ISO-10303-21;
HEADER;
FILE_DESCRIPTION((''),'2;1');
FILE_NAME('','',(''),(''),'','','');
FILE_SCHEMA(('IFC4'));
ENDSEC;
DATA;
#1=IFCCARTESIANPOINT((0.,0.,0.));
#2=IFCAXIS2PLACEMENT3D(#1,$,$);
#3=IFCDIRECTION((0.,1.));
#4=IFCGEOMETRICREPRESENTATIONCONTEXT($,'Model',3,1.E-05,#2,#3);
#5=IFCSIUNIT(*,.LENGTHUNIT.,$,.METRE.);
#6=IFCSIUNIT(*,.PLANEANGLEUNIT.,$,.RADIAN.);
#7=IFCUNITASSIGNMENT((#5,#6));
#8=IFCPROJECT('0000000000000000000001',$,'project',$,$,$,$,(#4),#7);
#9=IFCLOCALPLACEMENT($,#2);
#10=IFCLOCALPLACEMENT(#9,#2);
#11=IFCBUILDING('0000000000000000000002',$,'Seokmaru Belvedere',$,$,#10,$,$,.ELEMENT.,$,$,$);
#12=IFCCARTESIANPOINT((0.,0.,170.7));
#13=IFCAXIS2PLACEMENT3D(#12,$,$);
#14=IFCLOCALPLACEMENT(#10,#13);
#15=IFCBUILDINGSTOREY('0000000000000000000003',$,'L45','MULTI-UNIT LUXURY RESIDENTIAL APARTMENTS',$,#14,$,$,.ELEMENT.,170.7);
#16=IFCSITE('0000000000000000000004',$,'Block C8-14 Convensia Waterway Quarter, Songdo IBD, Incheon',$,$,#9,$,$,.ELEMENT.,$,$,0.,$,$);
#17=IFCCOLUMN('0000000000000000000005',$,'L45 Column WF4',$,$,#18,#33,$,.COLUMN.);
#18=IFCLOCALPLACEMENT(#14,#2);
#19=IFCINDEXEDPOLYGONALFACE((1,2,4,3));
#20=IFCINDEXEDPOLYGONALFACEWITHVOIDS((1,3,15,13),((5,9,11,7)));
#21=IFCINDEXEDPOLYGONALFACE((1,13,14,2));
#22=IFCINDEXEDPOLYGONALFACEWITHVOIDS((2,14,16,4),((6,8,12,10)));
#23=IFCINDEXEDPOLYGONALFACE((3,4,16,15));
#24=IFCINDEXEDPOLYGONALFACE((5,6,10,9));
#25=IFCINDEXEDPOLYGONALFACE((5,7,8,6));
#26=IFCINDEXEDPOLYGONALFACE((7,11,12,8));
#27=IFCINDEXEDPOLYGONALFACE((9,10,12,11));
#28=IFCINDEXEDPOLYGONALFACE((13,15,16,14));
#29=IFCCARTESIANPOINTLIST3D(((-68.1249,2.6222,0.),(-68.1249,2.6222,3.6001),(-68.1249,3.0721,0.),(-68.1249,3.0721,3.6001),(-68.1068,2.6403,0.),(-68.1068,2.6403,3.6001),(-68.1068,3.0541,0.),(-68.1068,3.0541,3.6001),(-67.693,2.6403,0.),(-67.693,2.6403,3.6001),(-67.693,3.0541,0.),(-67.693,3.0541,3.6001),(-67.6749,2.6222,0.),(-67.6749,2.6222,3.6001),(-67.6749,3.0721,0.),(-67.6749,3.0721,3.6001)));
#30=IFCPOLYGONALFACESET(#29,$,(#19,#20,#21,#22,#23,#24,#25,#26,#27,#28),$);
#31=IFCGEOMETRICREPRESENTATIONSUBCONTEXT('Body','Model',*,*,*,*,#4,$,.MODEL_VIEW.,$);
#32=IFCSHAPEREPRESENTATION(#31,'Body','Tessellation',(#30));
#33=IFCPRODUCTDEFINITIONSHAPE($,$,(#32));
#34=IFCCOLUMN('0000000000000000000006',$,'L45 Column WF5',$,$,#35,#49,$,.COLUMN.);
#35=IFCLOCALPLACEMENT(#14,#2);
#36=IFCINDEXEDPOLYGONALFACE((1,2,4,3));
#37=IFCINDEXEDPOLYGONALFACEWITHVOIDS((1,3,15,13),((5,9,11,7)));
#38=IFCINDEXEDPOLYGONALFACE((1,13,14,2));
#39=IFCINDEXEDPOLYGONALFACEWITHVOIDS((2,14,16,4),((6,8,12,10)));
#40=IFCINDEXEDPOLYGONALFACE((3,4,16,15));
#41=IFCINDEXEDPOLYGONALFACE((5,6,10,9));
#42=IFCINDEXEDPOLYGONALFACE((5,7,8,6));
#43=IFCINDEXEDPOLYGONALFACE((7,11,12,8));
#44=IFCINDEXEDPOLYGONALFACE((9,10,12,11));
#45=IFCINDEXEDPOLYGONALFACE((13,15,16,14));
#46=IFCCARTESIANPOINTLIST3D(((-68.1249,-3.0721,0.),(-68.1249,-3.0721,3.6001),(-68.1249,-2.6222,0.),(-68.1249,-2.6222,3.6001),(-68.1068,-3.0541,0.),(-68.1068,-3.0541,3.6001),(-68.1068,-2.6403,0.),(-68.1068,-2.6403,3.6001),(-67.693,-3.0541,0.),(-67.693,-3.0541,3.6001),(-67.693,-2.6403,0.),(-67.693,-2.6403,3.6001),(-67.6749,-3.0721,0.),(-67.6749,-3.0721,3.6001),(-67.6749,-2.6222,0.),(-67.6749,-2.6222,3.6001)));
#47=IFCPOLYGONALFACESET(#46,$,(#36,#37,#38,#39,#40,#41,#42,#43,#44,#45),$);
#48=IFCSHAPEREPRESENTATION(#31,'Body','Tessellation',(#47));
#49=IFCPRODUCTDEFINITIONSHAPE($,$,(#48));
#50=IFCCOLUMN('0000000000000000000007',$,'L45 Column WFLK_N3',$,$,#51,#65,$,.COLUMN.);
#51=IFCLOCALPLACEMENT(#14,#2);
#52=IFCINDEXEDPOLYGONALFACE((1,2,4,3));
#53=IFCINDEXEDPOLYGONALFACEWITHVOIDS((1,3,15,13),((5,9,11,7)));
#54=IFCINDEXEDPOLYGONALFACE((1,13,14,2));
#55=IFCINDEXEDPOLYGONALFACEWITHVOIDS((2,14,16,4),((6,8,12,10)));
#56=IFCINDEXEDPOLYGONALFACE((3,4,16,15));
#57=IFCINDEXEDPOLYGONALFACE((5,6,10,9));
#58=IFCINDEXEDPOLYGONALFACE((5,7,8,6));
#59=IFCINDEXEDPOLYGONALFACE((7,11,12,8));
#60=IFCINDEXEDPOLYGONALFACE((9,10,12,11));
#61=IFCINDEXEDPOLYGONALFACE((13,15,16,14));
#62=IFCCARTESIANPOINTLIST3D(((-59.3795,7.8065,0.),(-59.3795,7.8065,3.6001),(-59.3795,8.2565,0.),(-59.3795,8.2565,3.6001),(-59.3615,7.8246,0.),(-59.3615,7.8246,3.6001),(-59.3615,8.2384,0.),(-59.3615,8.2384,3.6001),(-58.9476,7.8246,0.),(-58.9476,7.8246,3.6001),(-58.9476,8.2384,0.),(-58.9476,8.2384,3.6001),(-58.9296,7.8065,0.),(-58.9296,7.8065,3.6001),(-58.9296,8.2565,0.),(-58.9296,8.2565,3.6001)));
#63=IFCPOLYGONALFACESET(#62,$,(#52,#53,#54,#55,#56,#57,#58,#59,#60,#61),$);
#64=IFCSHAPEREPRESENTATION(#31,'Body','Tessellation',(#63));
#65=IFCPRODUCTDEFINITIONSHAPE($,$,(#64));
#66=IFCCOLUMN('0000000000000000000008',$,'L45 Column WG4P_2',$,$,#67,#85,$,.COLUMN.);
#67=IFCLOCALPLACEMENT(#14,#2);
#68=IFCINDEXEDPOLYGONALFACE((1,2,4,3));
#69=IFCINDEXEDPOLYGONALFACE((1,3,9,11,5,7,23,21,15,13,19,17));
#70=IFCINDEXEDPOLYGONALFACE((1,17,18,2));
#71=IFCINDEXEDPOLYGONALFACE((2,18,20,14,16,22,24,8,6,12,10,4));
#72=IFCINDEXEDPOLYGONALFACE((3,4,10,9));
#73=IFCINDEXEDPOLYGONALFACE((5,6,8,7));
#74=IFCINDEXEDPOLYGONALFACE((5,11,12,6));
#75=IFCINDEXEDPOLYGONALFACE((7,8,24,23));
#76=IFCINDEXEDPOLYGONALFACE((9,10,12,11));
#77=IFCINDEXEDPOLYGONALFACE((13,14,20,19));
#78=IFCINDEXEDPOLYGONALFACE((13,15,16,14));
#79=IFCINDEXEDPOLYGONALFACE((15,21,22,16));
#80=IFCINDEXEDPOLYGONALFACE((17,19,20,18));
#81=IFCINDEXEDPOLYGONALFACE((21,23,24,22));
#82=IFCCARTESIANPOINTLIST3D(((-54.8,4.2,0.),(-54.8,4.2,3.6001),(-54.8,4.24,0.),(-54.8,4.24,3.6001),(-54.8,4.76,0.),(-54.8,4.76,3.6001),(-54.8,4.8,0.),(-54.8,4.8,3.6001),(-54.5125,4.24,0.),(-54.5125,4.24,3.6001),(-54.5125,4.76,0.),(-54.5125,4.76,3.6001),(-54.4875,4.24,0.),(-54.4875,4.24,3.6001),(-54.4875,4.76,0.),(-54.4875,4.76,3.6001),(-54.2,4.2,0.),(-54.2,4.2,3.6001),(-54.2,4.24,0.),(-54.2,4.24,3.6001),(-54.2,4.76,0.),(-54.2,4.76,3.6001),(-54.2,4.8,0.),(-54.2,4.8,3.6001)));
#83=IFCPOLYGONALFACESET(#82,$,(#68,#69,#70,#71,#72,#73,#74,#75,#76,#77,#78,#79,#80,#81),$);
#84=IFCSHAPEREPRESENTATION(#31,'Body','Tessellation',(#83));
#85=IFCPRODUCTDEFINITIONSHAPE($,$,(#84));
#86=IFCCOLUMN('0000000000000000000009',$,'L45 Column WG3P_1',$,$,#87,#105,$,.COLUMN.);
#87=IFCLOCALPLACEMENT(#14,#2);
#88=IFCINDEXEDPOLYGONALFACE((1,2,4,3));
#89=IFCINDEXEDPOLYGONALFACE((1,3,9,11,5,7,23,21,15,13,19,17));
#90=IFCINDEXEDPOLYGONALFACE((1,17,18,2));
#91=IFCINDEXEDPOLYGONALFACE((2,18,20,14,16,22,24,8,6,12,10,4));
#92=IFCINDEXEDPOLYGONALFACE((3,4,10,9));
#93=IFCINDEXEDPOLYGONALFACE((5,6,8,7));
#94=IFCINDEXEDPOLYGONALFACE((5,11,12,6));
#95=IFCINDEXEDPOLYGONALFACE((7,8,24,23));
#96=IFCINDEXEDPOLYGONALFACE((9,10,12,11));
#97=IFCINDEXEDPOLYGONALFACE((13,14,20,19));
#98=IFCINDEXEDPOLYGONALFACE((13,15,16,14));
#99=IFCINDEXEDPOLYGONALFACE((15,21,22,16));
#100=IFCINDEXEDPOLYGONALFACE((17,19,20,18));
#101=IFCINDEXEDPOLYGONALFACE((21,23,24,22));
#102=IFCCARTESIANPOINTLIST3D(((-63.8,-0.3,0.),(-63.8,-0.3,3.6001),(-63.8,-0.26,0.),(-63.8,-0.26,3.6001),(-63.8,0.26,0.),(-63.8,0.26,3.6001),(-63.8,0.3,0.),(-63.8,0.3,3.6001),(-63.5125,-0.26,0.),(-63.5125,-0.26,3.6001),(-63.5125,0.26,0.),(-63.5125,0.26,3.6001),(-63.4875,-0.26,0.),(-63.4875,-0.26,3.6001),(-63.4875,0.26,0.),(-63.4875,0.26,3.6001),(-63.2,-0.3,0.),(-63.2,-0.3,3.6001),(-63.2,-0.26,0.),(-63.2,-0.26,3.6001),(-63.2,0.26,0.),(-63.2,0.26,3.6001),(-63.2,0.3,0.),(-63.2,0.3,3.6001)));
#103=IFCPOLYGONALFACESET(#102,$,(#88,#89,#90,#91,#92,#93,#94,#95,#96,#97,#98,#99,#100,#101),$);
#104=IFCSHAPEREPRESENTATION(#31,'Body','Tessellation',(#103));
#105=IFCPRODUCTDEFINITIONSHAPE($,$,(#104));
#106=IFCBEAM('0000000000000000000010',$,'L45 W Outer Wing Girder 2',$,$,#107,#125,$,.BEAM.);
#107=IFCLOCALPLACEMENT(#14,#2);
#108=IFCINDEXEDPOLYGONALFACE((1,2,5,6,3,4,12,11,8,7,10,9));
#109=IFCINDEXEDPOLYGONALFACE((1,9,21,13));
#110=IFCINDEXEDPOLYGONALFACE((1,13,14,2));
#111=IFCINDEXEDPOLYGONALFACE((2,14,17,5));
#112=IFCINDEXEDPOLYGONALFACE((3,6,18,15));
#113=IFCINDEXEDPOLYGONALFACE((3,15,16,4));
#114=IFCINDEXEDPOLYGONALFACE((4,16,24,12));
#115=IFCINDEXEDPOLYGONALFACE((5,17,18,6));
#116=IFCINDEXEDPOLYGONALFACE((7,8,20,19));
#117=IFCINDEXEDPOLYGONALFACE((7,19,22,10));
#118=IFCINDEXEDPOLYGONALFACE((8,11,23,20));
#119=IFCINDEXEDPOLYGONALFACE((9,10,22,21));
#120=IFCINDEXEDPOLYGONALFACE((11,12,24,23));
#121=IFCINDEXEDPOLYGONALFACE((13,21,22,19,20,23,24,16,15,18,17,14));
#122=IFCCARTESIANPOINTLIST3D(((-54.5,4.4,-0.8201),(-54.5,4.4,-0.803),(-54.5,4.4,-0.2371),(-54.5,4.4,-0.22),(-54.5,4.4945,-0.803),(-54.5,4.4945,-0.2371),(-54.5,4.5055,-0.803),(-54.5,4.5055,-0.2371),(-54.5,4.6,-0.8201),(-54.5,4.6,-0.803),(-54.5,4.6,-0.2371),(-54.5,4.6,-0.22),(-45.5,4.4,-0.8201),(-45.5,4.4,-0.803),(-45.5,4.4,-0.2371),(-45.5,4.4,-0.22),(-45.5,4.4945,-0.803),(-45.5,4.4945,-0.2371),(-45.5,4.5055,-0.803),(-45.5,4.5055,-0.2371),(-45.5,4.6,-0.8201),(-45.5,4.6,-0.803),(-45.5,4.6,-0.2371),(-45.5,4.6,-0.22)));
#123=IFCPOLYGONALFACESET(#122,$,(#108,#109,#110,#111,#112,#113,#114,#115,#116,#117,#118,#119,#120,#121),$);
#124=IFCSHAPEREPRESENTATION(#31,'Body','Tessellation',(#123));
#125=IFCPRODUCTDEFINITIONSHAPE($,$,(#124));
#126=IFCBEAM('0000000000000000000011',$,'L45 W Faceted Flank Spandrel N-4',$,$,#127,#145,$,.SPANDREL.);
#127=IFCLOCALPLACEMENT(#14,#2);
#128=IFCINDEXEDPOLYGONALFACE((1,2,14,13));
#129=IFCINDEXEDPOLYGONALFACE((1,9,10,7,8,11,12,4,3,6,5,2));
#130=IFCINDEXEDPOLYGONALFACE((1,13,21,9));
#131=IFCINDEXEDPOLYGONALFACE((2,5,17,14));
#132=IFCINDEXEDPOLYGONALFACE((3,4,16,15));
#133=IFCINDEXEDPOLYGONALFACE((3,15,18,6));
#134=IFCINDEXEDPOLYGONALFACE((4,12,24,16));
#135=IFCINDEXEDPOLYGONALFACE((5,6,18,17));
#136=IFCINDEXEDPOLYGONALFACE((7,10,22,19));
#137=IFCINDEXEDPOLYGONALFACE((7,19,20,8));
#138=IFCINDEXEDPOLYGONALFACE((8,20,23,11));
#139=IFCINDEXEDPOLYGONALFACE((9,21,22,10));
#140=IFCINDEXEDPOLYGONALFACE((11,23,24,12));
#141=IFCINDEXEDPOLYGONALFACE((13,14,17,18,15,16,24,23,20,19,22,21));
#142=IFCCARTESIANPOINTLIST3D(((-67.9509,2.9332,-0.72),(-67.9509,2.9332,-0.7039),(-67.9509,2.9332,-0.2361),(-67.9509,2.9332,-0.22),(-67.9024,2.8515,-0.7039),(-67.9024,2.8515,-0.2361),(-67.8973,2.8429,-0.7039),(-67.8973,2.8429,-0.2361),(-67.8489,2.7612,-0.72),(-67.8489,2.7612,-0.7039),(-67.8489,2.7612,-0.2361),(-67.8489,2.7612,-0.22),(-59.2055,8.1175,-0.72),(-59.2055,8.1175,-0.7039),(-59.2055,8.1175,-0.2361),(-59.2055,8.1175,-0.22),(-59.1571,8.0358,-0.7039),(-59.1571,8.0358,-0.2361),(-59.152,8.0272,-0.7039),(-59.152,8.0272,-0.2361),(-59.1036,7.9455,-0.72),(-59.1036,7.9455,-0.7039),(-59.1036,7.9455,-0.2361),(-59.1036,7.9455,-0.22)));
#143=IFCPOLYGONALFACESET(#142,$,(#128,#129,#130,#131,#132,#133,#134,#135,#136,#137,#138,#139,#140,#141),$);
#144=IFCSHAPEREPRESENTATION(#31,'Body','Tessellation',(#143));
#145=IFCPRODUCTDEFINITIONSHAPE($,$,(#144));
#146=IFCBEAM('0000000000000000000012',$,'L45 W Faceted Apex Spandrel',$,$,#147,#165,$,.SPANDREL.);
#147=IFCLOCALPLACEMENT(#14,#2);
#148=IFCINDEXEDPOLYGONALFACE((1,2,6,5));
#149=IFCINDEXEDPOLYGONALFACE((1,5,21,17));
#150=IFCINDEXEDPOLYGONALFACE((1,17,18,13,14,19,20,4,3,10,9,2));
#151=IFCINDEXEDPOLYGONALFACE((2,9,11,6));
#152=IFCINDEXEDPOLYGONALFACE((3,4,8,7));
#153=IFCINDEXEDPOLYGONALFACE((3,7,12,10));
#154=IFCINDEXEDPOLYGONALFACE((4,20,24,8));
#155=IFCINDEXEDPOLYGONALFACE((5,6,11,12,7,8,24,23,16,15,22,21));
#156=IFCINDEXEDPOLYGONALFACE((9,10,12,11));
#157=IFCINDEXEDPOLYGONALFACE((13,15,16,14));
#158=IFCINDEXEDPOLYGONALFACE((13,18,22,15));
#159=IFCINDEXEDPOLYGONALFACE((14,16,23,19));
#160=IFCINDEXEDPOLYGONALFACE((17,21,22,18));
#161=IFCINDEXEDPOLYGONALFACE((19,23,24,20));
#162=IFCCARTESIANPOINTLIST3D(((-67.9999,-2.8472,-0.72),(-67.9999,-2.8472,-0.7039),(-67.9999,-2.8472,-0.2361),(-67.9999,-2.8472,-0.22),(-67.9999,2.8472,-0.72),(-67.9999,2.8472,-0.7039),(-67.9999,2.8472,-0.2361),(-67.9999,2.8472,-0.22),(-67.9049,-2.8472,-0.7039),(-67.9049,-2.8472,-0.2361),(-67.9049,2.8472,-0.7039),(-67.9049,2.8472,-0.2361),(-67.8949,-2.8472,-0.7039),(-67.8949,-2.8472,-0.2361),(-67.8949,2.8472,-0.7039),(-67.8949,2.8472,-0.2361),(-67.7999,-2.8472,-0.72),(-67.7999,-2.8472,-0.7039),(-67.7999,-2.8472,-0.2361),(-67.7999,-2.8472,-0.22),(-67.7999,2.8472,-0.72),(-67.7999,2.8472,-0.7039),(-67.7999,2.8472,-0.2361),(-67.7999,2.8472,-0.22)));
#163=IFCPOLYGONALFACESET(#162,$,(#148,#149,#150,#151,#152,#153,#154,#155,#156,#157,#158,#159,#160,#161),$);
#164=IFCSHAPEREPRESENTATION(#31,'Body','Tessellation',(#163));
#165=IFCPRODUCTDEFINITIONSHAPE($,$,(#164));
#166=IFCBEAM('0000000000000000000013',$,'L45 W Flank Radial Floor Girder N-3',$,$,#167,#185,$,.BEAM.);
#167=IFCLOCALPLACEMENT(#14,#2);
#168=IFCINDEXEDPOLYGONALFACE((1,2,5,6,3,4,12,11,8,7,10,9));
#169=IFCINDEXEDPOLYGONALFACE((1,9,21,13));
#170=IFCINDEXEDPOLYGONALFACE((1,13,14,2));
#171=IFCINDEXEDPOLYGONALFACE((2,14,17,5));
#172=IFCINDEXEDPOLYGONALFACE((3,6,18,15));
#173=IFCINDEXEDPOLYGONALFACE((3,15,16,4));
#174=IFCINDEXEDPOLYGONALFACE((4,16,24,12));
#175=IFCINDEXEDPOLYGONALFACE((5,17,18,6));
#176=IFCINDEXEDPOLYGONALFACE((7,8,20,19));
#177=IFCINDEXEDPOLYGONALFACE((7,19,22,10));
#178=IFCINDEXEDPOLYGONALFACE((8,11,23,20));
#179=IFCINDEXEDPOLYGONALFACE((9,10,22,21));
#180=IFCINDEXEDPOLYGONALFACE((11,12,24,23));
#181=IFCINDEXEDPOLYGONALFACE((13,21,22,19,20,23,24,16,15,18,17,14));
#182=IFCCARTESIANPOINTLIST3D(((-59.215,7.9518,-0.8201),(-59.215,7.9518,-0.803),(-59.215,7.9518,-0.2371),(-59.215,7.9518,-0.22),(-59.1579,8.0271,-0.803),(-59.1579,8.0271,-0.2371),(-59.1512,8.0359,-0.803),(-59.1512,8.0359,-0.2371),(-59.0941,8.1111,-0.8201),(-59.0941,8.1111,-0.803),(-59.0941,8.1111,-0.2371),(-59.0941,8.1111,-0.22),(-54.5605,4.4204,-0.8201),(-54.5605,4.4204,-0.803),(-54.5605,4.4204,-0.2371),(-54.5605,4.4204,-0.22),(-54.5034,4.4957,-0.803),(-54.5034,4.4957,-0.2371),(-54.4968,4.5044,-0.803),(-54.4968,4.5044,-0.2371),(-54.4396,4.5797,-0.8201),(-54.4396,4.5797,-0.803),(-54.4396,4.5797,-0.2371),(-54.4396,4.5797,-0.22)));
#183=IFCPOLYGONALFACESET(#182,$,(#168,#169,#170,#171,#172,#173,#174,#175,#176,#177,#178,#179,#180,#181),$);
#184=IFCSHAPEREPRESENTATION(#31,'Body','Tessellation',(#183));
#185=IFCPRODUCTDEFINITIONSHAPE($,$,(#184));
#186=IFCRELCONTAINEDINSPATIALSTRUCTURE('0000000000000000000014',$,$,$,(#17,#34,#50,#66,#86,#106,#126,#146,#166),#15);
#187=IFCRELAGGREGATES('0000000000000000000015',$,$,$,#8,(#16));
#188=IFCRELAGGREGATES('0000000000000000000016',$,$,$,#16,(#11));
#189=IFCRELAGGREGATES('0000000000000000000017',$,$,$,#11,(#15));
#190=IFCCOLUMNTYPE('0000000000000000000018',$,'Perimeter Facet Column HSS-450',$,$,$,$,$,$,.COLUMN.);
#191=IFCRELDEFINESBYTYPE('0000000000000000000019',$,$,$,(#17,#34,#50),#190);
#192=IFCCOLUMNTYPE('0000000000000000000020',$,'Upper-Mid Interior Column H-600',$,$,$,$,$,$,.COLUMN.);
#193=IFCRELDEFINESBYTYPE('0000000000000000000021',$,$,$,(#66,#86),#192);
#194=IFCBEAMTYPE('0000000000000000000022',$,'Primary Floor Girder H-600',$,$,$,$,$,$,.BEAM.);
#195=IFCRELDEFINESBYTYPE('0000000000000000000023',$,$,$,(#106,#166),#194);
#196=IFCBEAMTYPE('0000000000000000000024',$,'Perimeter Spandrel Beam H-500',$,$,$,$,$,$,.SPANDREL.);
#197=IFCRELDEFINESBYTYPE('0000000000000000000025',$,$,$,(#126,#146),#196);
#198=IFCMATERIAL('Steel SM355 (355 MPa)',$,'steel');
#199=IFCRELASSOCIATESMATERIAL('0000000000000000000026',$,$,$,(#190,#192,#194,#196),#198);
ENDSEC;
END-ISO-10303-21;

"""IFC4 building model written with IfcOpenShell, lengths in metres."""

from ifc_helpers import new_model, si_unit, direction, frame, origin, origin_2d, place, context, subcontext, project, spatial, hollow_rectangle, i_section, extrude, source, transform, mapped, material, material_profile, profile_set, type_object, type_shapes, element, save


model = new_model("IFC4")

# Units and contexts
model_context = context("Model", 3, precision=1e-05, world=origin(), true_north=direction((0.0, 1.0)))
body_context = subcontext(model_context, "Body", "Model", "MODEL_VIEW")
ifc_project = project(units=[si_unit("LENGTHUNIT", "METRE"), si_unit("PLANEANGLEUNIT", "RADIAN")], contexts=[model_context])

# Site, building, storey
site_placement = place(None, origin())
site = spatial("IfcSite", under=ifc_project, at=site_placement, Name="Block C8-14 Convensia Waterway Quarter, Songdo IBD, Incheon", CompositionType="ELEMENT", RefElevation=0.0)
building_placement = place(site_placement, origin())
building = spatial("IfcBuilding", under=site, at=building_placement, Name="Seokmaru Belvedere", CompositionType="ELEMENT")
storey_placement = place(building_placement, frame((0.0, 0.0, 170.7)))
storey = spatial("IfcBuildingStorey", under=building, at=storey_placement, Name="L45", Description="MULTI-UNIT LUXURY RESIDENTIAL APARTMENTS", CompositionType="ELEMENT", Elevation=170.7)

# Columns
ifc_material_1 = material(Name="Steel SM355 (355 MPa)", Category="steel")
ifc_material_profile_1 = material_profile(ifc_material_1, hollow_rectangle(XDim=0.45, YDim=0.45, WallThickness=0.0181, at=origin_2d()), Name="HSS-450x450x18")
ifc_profile_set_1 = profile_set([ifc_material_profile_1], Name="Steel SM355 (355 MPa)")
column_type_1 = type_object("IfcColumnType", Name="Perimeter Facet Column HSS-450", PredefinedType="COLUMN", material=ifc_profile_set_1)
shared_shape_1 = source(origin(), body_context, "Body", "SweptSolid", [
    extrude(hollow_rectangle(XDim=0.45, YDim=0.45, WallThickness=0.0181, at=origin_2d()), origin(), (0.0, 0.0, 1.0), 3.6001),
])
type_shapes(column_type_1, [shared_shape_1])
for number, where, z_axis, x_axis, name in (
    (1, (-67.8999, 2.8472, 0.0), (0.0, 0.0, 1.0), (1.0, 0.0, 0.0), "L45 Column WF4"),
    (2, (-67.8999, -2.8472, 0.0), (0.0, 0.0, 1.0), (1.0, 0.0, 0.0), "L45 Column WF5"),
    (3, (-59.1545, 8.0315, 0.0), (0.0, 0.0, 1.0), (1.0, 0.0, 0.0), "L45 Column WFLK_N3"),
):
    element("IfcColumn", number, at=place(storey_placement, frame(where, z_axis=z_axis, x_axis=x_axis)), inside=storey, type_object=column_type_1, Name=name, PredefinedType="COLUMN", context=body_context, shape_type="MappedRepresentation", body=[
        mapped(shared_shape_1, transform((0.0, 0.0, 0.0), scale=1.0)),
    ])
ifc_material_profile_2 = material_profile(ifc_material_1, i_section(OverallWidth=0.6001, OverallDepth=0.6001, WebThickness=0.0249, FlangeThickness=0.04, at=origin_2d()), Name="H-600x600x25x40")
ifc_profile_set_2 = profile_set([ifc_material_profile_2], Name="Steel SM355 (355 MPa)")
column_type_2 = type_object("IfcColumnType", Name="Upper-Mid Interior Column H-600", PredefinedType="COLUMN", material=ifc_profile_set_2)
shared_shape_2 = source(origin(), body_context, "Body", "SweptSolid", [
    extrude(i_section(OverallWidth=0.6001, OverallDepth=0.6001, WebThickness=0.0249, FlangeThickness=0.04, at=origin_2d()), origin(), (0.0, 0.0, 1.0), 3.6001),
])
type_shapes(column_type_2, [shared_shape_2])
for number, where, z_axis, x_axis, name in (
    (4, (-54.5, 4.5, 0.0), (0.0, 0.0, 1.0), (1.0, 0.0, 0.0), "L45 Column WG4P_2"),
    (5, (-63.5, 0.0, 0.0), (0.0, 0.0, 1.0), (1.0, 0.0, 0.0), "L45 Column WG3P_1"),
):
    element("IfcColumn", number, at=place(storey_placement, frame(where, z_axis=z_axis, x_axis=x_axis)), inside=storey, type_object=column_type_2, Name=name, PredefinedType="COLUMN", context=body_context, shape_type="MappedRepresentation", body=[
        mapped(shared_shape_2, transform((0.0, 0.0, 0.0), scale=1.0)),
    ])

# Beams
ifc_material_profile_3 = material_profile(ifc_material_1, i_section(OverallWidth=0.2, OverallDepth=0.6001, WebThickness=0.011, FlangeThickness=0.0171, at=origin_2d()), Name="H-600x200x11x17")
ifc_profile_set_3 = profile_set([ifc_material_profile_3], Name="Steel SM355 (355 MPa)")
beam_type_1 = type_object("IfcBeamType", Name="Primary Floor Girder H-600", PredefinedType="BEAM", material=ifc_profile_set_3)
shared_shape_3 = source(origin(), body_context, "Body", "SweptSolid", [
    extrude(i_section(OverallWidth=0.2, OverallDepth=0.6001, WebThickness=0.011, FlangeThickness=0.0171, at=origin_2d()), origin(), (0.0, 0.0, 1.0), 9.0),
])
beam_1_placement = place(storey_placement, frame((-54.5, 4.5, -0.52), z_axis=(1.0, 0.0, 0.0), x_axis=(0.0, 1.0, 0.0)))
element("IfcBeam", 6, at=beam_1_placement, inside=storey, type_object=beam_type_1, Name="L45 W Outer Wing Girder 2", PredefinedType="BEAM", context=body_context, shape_type="MappedRepresentation", body=[
    mapped(shared_shape_3, transform((0.0, 0.0, 0.0), scale=1.0)),
])
ifc_material_profile_4 = material_profile(ifc_material_1, i_section(OverallWidth=0.2, OverallDepth=0.5, WebThickness=0.01, FlangeThickness=0.0161, at=origin_2d()), Name="H-500x200x10x16")
ifc_profile_set_4 = profile_set([ifc_material_profile_4], Name="Steel SM355 (355 MPa)")
beam_type_2 = type_object("IfcBeamType", Name="Perimeter Spandrel Beam H-500", PredefinedType="SPANDREL", material=ifc_profile_set_4)
shared_shape_4 = source(origin(), body_context, "Body", "SweptSolid", [
    extrude(i_section(OverallWidth=0.2, OverallDepth=0.5, WebThickness=0.01, FlangeThickness=0.0161, at=origin_2d()), origin(), (0.0, 0.0, 1.0), 10.1665),
])
beam_2_placement = place(storey_placement, frame((-59.1545, 8.0315, -0.47), z_axis=(-0.86021, -0.50994, 0.0), x_axis=(0.50994, -0.86021, 0.0)))
element("IfcBeam", 7, at=beam_2_placement, inside=storey, type_object=beam_type_2, Name="L45 W Faceted Flank Spandrel N-4", PredefinedType="SPANDREL", context=body_context, shape_type="MappedRepresentation", body=[
    mapped(shared_shape_4, transform((0.0, 0.0, 0.0), scale=1.0)),
])
shared_shape_5 = source(origin(), body_context, "Body", "SweptSolid", [
    extrude(i_section(OverallWidth=0.2, OverallDepth=0.5, WebThickness=0.01, FlangeThickness=0.0161, at=origin_2d()), origin(), (0.0, 0.0, 1.0), 5.6943),
])
type_shapes(beam_type_2, [shared_shape_4, shared_shape_5])
beam_3_placement = place(storey_placement, frame((-67.8999, -2.8472, -0.47), z_axis=(0.0, 1.0, 0.0), x_axis=(-1.0, 0.0, 0.0)))
element("IfcBeam", 8, at=beam_3_placement, inside=storey, type_object=beam_type_2, Name="L45 W Faceted Apex Spandrel", PredefinedType="SPANDREL", context=body_context, shape_type="MappedRepresentation", body=[
    mapped(shared_shape_5, transform((0.0, 0.0, 0.0), scale=1.0)),
])
shared_shape_6 = source(origin(), body_context, "Body", "SweptSolid", [
    extrude(i_section(OverallWidth=0.2, OverallDepth=0.6001, WebThickness=0.011, FlangeThickness=0.0171, at=origin_2d()), origin(), (0.0, 0.0, 1.0), 5.8425),
])
beam_4_placement = place(storey_placement, frame((-59.1545, 8.0315, -0.52), z_axis=(0.796653, -0.604437, 0.0), x_axis=(0.604437, 0.796653, 0.0)))
element("IfcBeam", 9, at=beam_4_placement, inside=storey, type_object=beam_type_1, Name="L45 W Flank Radial Floor Girder N-3", PredefinedType="BEAM", context=body_context, shape_type="MappedRepresentation", body=[
    mapped(shared_shape_6, transform((0.0, 0.0, 0.0), scale=1.0)),
])

save(model, "model.ifc")
